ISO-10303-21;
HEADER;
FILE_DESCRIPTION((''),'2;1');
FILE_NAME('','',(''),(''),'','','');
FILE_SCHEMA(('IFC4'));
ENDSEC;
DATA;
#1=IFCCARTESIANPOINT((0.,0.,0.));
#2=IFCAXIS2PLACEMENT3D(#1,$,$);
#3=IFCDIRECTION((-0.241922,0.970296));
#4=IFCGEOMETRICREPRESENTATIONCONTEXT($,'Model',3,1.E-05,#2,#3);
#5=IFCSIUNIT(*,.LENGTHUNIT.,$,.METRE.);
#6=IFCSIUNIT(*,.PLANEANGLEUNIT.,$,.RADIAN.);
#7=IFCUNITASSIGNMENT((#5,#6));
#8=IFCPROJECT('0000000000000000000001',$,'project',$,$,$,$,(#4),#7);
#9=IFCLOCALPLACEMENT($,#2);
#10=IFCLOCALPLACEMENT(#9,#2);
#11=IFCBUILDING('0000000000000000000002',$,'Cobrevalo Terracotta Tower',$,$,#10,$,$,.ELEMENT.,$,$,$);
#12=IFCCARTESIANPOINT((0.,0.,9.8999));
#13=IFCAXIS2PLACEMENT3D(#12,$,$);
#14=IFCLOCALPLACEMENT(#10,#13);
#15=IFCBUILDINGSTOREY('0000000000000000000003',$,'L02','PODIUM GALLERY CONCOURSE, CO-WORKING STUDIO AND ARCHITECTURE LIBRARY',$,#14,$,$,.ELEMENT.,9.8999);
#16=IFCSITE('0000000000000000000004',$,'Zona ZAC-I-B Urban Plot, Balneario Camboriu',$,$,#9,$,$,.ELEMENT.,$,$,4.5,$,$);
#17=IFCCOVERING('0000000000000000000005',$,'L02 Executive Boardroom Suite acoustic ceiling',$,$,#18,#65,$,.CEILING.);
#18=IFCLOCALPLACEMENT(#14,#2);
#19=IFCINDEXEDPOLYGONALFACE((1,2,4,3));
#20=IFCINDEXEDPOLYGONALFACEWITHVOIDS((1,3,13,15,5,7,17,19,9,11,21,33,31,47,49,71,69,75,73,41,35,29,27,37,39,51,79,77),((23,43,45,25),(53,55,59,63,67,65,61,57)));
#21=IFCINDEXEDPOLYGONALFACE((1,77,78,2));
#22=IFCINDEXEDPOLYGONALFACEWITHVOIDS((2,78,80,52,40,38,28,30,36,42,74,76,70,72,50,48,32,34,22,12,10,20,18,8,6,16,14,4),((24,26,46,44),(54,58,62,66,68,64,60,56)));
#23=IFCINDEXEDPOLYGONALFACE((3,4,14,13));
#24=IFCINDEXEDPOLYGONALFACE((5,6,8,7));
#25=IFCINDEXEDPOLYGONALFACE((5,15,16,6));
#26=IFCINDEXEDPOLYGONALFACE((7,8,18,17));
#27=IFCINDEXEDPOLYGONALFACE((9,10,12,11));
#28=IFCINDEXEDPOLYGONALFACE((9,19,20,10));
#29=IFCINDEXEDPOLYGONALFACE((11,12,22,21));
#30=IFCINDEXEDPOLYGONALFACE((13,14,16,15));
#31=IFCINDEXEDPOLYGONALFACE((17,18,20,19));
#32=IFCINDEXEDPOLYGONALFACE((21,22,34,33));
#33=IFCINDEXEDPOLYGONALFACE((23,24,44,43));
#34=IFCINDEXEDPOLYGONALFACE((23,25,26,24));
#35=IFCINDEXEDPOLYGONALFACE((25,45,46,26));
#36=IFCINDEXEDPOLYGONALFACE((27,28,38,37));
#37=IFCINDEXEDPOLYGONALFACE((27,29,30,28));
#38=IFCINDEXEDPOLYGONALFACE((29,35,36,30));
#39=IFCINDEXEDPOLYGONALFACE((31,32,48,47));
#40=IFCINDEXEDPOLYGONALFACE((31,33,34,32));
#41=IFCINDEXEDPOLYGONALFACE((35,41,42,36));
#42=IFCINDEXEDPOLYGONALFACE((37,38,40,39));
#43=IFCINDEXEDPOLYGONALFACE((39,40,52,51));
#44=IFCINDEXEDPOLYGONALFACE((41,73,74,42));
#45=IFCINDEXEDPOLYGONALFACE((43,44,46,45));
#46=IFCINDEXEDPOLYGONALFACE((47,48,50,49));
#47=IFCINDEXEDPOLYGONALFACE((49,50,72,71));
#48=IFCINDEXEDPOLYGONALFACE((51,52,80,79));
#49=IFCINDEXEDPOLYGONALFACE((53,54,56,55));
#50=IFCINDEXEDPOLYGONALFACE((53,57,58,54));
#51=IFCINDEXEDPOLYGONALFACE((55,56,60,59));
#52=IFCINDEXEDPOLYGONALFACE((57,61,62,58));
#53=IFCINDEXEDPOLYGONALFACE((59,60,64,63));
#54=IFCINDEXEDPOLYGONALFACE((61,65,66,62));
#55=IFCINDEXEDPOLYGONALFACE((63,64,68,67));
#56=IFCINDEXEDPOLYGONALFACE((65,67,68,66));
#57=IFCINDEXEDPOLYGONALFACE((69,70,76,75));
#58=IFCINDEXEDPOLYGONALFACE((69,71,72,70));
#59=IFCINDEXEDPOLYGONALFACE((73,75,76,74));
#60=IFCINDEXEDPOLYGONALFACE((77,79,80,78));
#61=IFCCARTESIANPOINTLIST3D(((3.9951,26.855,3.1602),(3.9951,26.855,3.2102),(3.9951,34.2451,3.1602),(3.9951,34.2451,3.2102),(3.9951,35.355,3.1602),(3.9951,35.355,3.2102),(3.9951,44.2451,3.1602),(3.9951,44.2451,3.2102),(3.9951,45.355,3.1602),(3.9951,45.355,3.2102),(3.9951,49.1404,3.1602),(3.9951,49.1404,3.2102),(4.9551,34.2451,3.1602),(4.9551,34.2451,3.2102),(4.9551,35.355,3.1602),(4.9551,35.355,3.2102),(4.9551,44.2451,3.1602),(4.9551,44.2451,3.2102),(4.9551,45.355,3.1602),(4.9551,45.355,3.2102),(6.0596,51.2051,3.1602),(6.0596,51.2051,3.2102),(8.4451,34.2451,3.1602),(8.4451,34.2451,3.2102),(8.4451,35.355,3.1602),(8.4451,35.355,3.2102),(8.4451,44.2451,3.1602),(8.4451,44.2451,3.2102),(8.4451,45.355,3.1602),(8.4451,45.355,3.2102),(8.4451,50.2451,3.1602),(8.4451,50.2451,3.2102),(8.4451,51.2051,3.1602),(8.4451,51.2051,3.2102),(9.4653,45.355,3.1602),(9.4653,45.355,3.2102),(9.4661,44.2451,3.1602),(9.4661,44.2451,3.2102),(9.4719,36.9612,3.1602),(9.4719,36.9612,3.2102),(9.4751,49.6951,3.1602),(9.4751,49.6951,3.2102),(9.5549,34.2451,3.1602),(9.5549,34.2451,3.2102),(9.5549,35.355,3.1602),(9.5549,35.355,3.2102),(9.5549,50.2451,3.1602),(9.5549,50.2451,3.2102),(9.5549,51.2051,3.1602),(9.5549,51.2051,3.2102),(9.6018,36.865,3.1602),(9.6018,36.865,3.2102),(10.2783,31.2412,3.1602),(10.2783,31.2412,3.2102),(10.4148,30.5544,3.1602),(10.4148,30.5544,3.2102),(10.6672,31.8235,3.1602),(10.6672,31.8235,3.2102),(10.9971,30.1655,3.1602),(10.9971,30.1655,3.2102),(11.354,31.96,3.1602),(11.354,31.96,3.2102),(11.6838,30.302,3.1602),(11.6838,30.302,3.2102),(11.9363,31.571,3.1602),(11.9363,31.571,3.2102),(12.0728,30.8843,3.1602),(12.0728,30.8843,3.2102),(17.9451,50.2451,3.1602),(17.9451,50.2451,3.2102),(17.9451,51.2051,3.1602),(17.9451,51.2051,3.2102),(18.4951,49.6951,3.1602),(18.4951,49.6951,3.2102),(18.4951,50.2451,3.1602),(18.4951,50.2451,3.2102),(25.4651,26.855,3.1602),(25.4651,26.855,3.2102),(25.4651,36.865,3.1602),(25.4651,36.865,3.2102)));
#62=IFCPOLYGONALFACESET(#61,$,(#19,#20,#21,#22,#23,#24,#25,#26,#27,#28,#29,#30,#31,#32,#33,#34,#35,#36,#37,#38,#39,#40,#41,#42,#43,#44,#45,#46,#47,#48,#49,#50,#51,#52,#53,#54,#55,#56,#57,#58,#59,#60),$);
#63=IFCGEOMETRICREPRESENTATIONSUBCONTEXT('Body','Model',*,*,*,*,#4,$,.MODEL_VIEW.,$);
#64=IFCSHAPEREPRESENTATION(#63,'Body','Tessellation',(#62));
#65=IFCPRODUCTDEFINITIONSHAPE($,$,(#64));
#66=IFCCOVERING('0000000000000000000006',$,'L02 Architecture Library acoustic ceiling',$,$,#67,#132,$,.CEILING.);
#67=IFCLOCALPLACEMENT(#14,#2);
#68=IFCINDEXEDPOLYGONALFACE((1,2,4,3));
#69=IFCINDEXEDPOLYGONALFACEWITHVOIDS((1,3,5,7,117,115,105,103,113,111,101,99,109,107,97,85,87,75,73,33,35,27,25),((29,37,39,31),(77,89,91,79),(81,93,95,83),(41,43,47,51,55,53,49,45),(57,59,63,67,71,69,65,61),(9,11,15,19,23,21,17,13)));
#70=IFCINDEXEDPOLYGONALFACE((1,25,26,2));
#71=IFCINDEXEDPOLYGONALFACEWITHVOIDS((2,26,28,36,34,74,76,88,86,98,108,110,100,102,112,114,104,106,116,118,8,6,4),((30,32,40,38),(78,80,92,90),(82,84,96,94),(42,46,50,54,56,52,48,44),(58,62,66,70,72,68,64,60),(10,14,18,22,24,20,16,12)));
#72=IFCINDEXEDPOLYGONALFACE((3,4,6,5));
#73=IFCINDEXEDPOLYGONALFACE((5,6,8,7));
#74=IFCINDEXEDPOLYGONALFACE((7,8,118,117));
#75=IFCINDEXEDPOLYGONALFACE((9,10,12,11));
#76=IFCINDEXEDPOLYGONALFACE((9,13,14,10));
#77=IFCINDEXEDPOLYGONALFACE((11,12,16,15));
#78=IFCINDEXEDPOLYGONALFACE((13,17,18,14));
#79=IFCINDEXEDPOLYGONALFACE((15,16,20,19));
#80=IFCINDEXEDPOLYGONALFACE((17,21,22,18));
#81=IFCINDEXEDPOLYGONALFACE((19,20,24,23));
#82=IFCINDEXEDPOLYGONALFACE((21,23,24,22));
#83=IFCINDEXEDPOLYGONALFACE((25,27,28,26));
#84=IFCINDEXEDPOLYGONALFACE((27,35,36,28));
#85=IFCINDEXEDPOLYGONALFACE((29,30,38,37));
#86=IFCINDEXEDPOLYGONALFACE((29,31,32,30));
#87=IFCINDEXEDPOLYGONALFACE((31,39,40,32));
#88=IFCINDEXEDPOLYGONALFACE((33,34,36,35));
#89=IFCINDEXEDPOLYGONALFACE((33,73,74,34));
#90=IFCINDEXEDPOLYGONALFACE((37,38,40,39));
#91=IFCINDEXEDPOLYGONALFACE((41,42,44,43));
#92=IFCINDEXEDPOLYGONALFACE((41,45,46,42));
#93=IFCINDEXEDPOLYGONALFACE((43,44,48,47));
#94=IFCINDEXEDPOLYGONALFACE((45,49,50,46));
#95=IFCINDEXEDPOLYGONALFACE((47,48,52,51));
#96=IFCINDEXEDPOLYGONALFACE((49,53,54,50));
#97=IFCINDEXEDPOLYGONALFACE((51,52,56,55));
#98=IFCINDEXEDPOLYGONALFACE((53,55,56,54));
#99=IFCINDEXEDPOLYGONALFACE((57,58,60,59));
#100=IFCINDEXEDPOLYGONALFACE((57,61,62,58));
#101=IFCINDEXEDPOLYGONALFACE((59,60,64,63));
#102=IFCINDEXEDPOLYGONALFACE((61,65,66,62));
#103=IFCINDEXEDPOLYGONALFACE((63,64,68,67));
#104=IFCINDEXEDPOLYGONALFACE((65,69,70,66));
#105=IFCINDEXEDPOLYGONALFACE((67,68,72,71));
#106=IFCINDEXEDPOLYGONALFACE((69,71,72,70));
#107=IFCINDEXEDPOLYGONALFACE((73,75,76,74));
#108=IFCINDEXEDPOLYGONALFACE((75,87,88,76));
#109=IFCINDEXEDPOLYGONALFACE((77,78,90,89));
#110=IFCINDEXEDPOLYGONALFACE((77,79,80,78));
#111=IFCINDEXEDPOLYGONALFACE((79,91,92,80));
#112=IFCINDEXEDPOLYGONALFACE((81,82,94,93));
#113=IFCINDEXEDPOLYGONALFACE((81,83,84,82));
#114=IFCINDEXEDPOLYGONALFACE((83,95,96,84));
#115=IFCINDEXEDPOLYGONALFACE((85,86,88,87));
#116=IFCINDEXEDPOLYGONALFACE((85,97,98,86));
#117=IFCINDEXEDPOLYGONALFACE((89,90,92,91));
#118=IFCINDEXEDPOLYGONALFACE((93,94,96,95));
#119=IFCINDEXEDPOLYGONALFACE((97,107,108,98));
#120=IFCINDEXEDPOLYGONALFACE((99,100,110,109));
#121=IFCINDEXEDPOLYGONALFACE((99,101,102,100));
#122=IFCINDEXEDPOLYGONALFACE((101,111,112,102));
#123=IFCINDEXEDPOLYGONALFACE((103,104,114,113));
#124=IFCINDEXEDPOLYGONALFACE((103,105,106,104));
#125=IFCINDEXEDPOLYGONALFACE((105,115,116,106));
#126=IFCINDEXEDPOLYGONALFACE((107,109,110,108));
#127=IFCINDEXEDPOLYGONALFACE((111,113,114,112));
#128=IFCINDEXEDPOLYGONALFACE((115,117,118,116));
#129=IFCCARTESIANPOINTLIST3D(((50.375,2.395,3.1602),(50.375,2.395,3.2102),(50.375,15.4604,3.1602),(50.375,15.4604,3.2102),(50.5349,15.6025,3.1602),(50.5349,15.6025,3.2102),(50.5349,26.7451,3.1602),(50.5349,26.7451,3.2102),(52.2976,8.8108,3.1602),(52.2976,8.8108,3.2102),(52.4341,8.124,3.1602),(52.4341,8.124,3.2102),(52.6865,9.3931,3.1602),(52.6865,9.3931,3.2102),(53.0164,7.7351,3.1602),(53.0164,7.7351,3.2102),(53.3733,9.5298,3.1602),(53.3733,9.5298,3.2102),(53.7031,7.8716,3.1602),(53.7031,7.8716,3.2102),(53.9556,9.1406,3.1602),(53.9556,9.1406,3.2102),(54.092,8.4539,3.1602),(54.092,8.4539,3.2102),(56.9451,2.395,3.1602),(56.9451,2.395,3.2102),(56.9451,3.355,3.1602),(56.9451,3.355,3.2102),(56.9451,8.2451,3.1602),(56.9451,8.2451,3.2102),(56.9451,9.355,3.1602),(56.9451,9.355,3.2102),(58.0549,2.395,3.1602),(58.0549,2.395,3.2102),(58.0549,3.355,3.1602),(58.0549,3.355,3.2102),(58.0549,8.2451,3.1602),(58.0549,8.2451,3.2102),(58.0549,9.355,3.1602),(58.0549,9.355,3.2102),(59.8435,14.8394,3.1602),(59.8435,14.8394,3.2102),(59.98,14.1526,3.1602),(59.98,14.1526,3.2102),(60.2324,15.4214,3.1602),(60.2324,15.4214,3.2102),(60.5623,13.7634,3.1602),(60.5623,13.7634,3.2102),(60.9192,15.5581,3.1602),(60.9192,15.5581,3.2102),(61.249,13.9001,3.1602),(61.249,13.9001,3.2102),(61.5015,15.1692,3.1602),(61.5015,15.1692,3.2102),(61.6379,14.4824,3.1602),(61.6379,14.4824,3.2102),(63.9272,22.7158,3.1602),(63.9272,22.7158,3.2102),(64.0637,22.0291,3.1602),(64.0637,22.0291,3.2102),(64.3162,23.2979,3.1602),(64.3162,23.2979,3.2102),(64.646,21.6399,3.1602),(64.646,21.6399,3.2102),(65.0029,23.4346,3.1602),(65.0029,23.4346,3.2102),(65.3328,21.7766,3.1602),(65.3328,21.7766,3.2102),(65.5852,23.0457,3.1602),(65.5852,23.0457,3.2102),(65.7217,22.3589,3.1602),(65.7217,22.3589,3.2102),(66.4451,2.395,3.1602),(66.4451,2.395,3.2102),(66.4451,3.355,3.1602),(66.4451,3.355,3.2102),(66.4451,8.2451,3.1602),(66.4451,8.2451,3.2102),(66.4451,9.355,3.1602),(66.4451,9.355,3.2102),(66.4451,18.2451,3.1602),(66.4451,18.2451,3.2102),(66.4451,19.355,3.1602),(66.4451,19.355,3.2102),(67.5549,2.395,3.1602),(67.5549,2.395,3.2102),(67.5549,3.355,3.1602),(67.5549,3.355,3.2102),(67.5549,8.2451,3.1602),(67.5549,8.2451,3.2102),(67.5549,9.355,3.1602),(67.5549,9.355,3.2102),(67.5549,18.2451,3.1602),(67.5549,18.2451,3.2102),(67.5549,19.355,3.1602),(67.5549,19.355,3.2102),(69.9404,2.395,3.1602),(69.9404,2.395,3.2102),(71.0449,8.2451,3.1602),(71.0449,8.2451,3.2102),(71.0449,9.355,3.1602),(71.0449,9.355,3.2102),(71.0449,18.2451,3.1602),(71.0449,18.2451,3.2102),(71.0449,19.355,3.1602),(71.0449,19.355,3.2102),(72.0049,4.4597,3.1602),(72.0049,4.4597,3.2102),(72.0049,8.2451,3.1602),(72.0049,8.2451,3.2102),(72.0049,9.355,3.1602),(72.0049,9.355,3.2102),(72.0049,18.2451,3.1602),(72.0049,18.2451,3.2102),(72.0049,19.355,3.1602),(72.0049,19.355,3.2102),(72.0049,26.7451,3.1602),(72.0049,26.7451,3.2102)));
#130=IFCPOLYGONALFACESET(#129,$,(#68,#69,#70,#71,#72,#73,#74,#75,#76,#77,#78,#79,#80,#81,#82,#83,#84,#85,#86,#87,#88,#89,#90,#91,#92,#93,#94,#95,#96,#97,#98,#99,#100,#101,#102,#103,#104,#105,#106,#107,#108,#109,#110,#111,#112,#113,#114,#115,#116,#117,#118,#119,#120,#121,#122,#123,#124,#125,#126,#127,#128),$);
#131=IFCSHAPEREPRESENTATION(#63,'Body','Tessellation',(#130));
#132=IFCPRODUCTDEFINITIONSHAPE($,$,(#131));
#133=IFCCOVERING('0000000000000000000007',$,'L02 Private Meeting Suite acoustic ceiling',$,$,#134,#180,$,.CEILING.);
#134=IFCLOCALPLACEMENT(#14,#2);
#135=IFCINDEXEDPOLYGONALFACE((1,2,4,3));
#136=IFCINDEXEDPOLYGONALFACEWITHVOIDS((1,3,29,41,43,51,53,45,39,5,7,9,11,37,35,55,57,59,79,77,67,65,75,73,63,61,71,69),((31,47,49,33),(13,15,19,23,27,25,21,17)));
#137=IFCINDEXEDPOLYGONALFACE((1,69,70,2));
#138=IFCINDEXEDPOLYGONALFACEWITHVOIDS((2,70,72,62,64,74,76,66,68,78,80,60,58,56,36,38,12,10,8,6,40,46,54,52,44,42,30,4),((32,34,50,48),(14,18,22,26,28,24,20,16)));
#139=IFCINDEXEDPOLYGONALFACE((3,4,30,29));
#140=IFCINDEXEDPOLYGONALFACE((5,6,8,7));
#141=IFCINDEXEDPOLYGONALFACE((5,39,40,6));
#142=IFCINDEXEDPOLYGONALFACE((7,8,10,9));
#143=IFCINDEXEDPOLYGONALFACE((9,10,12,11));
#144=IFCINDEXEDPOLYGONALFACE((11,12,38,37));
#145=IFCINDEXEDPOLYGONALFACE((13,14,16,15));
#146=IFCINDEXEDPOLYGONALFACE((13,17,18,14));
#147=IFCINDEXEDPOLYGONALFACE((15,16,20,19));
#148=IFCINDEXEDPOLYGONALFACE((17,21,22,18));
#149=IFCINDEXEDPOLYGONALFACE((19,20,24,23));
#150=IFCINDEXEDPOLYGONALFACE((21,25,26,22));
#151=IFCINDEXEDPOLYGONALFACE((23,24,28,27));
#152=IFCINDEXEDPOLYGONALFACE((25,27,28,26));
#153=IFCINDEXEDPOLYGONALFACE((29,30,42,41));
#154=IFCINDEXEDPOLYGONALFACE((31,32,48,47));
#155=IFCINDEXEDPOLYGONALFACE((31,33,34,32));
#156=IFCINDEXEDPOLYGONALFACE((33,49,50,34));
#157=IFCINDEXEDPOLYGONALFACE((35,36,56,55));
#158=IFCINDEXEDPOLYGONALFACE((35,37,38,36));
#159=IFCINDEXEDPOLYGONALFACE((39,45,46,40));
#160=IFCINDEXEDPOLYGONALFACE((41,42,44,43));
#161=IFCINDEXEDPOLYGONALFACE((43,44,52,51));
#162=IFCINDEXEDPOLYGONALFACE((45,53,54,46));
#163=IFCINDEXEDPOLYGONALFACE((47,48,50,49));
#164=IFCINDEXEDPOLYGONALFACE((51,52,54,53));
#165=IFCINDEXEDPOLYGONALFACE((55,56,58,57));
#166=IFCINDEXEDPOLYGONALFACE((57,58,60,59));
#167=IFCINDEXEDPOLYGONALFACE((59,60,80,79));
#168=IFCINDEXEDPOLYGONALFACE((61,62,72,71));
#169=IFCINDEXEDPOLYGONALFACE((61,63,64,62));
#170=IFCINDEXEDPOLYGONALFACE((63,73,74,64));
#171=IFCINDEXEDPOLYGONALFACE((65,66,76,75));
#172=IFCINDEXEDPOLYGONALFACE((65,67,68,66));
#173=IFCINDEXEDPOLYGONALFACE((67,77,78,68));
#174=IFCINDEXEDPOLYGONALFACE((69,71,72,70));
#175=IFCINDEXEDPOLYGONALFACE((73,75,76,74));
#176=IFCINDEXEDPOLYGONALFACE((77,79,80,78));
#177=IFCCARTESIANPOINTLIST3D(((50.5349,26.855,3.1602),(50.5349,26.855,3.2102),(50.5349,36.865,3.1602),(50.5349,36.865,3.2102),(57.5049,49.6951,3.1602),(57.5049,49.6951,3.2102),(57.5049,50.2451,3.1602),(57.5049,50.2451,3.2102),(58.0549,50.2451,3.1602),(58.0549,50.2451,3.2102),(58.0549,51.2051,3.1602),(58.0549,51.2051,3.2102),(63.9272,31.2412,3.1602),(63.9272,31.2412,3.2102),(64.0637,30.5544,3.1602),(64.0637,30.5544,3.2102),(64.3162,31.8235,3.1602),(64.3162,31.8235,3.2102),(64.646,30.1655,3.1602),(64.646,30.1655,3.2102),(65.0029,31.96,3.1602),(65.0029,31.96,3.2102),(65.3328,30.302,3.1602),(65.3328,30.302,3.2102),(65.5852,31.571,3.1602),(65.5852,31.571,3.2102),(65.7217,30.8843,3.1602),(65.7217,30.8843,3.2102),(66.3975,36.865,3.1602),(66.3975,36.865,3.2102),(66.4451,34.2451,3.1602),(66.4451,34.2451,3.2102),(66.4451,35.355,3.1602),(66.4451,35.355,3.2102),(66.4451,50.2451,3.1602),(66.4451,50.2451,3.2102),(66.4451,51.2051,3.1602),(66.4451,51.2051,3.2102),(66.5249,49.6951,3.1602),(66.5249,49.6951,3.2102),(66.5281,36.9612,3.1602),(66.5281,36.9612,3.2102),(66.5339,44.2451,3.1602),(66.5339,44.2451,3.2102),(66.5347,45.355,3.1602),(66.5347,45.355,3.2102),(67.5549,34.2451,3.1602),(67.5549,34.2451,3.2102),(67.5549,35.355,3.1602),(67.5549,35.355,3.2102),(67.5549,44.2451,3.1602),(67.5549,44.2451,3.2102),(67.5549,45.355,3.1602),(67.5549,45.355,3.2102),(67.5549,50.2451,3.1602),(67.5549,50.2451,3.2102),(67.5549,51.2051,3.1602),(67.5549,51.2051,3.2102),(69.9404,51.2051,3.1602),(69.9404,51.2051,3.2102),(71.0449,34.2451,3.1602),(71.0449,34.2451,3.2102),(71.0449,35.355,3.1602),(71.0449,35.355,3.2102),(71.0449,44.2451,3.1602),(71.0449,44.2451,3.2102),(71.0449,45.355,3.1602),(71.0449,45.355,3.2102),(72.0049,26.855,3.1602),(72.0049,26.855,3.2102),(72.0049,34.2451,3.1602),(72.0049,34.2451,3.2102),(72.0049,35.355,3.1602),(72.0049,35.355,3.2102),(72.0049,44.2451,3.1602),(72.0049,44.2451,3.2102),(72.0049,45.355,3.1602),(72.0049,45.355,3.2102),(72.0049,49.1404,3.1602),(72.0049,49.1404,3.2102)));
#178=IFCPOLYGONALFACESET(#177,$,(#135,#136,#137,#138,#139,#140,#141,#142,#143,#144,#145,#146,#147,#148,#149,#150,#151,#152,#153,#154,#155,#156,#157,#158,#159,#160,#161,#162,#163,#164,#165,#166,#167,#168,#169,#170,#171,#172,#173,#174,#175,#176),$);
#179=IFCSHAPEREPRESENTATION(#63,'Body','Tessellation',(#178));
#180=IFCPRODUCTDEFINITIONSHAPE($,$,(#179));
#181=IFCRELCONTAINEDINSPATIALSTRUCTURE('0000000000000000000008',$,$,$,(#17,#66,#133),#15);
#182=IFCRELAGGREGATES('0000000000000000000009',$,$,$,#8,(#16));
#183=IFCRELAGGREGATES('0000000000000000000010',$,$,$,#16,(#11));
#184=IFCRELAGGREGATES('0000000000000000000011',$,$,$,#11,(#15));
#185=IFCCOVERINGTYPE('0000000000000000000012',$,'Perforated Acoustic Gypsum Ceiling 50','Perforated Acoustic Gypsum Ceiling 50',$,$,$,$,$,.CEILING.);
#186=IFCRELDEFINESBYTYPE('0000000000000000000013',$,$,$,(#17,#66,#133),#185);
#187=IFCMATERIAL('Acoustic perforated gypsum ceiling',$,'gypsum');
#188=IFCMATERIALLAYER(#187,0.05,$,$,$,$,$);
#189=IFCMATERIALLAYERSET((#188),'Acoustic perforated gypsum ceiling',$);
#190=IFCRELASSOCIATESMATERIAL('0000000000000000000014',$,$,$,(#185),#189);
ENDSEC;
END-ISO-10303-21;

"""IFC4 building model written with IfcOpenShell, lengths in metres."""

from ifc_helpers import new_model, si_unit, direction, frame, origin, place, context, subcontext, project, spatial, polyline, outline, extrude, material, layer, layer_set, type_object, element, save


model = new_model("IFC4")

# Units and contexts
model_context = context("Model", 3, precision=1e-05, world=origin(), true_north=direction((-0.241922, 0.970296)))
body_context = subcontext(model_context, "Body", "Model", "MODEL_VIEW")
ifc_project = project(units=[si_unit("LENGTHUNIT", "METRE"), si_unit("PLANEANGLEUNIT", "RADIAN")], contexts=[model_context])

# Site, building, storey
site_placement = place(None, origin())
site = spatial("IfcSite", under=ifc_project, at=site_placement, Name="Zona ZAC-I-B Urban Plot, Balneario Camboriu", CompositionType="ELEMENT", RefElevation=4.5)
building_placement = place(site_placement, origin())
building = spatial("IfcBuilding", under=site, at=building_placement, Name="Cobrevalo Terracotta Tower", CompositionType="ELEMENT")
storey_placement = place(building_placement, frame((0.0, 0.0, 9.8999)))
storey = spatial("IfcBuildingStorey", under=building, at=storey_placement, Name="L02", Description="PODIUM GALLERY CONCOURSE, CO-WORKING STUDIO AND ARCHITECTURE LIBRARY", CompositionType="ELEMENT", Elevation=9.8999)

# Coverings
ifc_material_1 = material(Name="Acoustic perforated gypsum ceiling", Category="gypsum")
ifc_layer_1 = layer(ifc_material_1, 0.05)
ifc_layer_set_1 = layer_set([ifc_layer_1], Name="Acoustic perforated gypsum ceiling")
covering_type_1 = type_object("IfcCoveringType", Name="Perforated Acoustic Gypsum Ceiling 50", Description="Perforated Acoustic Gypsum Ceiling 50", PredefinedType="CEILING", material=ifc_layer_set_1)
covering_1_placement = place(storey_placement, frame((0.0, 0.0, 3.1602)))
element("IfcCovering", 1, at=covering_1_placement, inside=storey, type_object=covering_type_1, Name="L02 Executive Boardroom Suite acoustic ceiling", PredefinedType="CEILING", context=body_context, shape_type="SweptSolid", body=[
    extrude(outline(polyline([(6.0596, 51.2051), (8.4451, 51.2051), (8.4451, 50.2451), (9.5549, 50.2451), (9.5549, 51.2051), (17.9451, 51.2051), (17.9451, 50.2451), (18.4951, 50.2451), (18.4951, 49.6951), (9.4751, 49.6951), (9.4653, 45.355), (8.4451, 45.355), (8.4451, 44.2451), (9.4661, 44.2451), (9.4719, 36.9612), (9.6018, 36.865), (25.4651, 36.865), (25.4651, 26.855), (3.9951, 26.855), (3.9951, 34.2451), (4.9551, 34.2451), (4.9551, 35.355), (3.9951, 35.355), (3.9951, 44.2451), (4.9551, 44.2451), (4.9551, 45.355), (3.9951, 45.355), (3.9951, 49.1404), (6.0596, 51.2051)]), holes=[polyline([(11.6838, 30.302), (12.0728, 30.8843), (11.9363, 31.571), (11.354, 31.96), (10.6672, 31.8235), (10.2783, 31.2412), (10.4148, 30.5544), (10.9971, 30.1655), (11.6838, 30.302)]), polyline([(8.4451, 35.355), (8.4451, 34.2451), (9.5549, 34.2451), (9.5549, 35.355), (8.4451, 35.355)])]), origin(), (0.0, 0.0, 1.0), 0.05),
])
covering_2_placement = place(storey_placement, frame((0.0, 0.0, 3.1602)))
element("IfcCovering", 2, at=covering_2_placement, inside=storey, type_object=covering_type_1, Name="L02 Architecture Library acoustic ceiling", PredefinedType="CEILING", context=body_context, shape_type="SweptSolid", body=[
    extrude(outline(polyline([(69.9404, 2.395), (67.5549, 2.395), (67.5549, 3.355), (66.4451, 3.355), (66.4451, 2.395), (58.0549, 2.395), (58.0549, 3.355), (56.9451, 3.355), (56.9451, 2.395), (50.375, 2.395), (50.375, 15.4604), (50.5349, 15.6025), (50.5349, 26.7451), (72.0049, 26.7451), (72.0049, 19.355), (71.0449, 19.355), (71.0449, 18.2451), (72.0049, 18.2451), (72.0049, 9.355), (71.0449, 9.355), (71.0449, 8.2451), (72.0049, 8.2451), (72.0049, 4.4597), (69.9404, 2.395)]), holes=[polyline([(66.4451, 9.355), (66.4451, 8.2451), (67.5549, 8.2451), (67.5549, 9.355), (66.4451, 9.355)]), polyline([(66.4451, 19.355), (66.4451, 18.2451), (67.5549, 18.2451), (67.5549, 19.355), (66.4451, 19.355)]), polyline([(65.3328, 21.7766), (65.7217, 22.3589), (65.5852, 23.0457), (65.0029, 23.4346), (64.3162, 23.2979), (63.9272, 22.7158), (64.0637, 22.0291), (64.646, 21.6399), (65.3328, 21.7766)]), polyline([(61.249, 13.9001), (61.6379, 14.4824), (61.5015, 15.1692), (60.9192, 15.5581), (60.2324, 15.4214), (59.8435, 14.8394), (59.98, 14.1526), (60.5623, 13.7634), (61.249, 13.9001)]), polyline([(56.9451, 9.355), (56.9451, 8.2451), (58.0549, 8.2451), (58.0549, 9.355), (56.9451, 9.355)]), polyline([(53.7031, 7.8716), (54.092, 8.4539), (53.9556, 9.1406), (53.3733, 9.5298), (52.6865, 9.3931), (52.2976, 8.8108), (52.4341, 8.124), (53.0164, 7.7351), (53.7031, 7.8716)])]), origin(), (0.0, 0.0, 1.0), 0.05),
])
covering_3_placement = place(storey_placement, frame((0.0, 0.0, 3.1602)))
element("IfcCovering", 3, at=covering_3_placement, inside=storey, type_object=covering_type_1, Name="L02 Private Meeting Suite acoustic ceiling", PredefinedType="CEILING", context=body_context, shape_type="SweptSolid", body=[
    extrude(outline(polyline([(50.5349, 26.855), (50.5349, 36.865), (66.3975, 36.865), (66.5281, 36.9612), (66.5339, 44.2451), (67.5549, 44.2451), (67.5549, 45.355), (66.5347, 45.355), (66.5249, 49.6951), (57.5049, 49.6951), (57.5049, 50.2451), (58.0549, 50.2451), (58.0549, 51.2051), (66.4451, 51.2051), (66.4451, 50.2451), (67.5549, 50.2451), (67.5549, 51.2051), (69.9404, 51.2051), (72.0049, 49.1404), (72.0049, 45.355), (71.0449, 45.355), (71.0449, 44.2451), (72.0049, 44.2451), (72.0049, 35.355), (71.0449, 35.355), (71.0449, 34.2451), (72.0049, 34.2451), (72.0049, 26.855), (50.5349, 26.855)]), holes=[polyline([(66.4451, 34.2451), (67.5549, 34.2451), (67.5549, 35.355), (66.4451, 35.355), (66.4451, 34.2451)]), polyline([(65.3328, 30.302), (65.7217, 30.8843), (65.5852, 31.571), (65.0029, 31.96), (64.3162, 31.8235), (63.9272, 31.2412), (64.0637, 30.5544), (64.646, 30.1655), (65.3328, 30.302)])]), origin(), (0.0, 0.0, 1.0), 0.05),
])

save(model, "model.ifc")
